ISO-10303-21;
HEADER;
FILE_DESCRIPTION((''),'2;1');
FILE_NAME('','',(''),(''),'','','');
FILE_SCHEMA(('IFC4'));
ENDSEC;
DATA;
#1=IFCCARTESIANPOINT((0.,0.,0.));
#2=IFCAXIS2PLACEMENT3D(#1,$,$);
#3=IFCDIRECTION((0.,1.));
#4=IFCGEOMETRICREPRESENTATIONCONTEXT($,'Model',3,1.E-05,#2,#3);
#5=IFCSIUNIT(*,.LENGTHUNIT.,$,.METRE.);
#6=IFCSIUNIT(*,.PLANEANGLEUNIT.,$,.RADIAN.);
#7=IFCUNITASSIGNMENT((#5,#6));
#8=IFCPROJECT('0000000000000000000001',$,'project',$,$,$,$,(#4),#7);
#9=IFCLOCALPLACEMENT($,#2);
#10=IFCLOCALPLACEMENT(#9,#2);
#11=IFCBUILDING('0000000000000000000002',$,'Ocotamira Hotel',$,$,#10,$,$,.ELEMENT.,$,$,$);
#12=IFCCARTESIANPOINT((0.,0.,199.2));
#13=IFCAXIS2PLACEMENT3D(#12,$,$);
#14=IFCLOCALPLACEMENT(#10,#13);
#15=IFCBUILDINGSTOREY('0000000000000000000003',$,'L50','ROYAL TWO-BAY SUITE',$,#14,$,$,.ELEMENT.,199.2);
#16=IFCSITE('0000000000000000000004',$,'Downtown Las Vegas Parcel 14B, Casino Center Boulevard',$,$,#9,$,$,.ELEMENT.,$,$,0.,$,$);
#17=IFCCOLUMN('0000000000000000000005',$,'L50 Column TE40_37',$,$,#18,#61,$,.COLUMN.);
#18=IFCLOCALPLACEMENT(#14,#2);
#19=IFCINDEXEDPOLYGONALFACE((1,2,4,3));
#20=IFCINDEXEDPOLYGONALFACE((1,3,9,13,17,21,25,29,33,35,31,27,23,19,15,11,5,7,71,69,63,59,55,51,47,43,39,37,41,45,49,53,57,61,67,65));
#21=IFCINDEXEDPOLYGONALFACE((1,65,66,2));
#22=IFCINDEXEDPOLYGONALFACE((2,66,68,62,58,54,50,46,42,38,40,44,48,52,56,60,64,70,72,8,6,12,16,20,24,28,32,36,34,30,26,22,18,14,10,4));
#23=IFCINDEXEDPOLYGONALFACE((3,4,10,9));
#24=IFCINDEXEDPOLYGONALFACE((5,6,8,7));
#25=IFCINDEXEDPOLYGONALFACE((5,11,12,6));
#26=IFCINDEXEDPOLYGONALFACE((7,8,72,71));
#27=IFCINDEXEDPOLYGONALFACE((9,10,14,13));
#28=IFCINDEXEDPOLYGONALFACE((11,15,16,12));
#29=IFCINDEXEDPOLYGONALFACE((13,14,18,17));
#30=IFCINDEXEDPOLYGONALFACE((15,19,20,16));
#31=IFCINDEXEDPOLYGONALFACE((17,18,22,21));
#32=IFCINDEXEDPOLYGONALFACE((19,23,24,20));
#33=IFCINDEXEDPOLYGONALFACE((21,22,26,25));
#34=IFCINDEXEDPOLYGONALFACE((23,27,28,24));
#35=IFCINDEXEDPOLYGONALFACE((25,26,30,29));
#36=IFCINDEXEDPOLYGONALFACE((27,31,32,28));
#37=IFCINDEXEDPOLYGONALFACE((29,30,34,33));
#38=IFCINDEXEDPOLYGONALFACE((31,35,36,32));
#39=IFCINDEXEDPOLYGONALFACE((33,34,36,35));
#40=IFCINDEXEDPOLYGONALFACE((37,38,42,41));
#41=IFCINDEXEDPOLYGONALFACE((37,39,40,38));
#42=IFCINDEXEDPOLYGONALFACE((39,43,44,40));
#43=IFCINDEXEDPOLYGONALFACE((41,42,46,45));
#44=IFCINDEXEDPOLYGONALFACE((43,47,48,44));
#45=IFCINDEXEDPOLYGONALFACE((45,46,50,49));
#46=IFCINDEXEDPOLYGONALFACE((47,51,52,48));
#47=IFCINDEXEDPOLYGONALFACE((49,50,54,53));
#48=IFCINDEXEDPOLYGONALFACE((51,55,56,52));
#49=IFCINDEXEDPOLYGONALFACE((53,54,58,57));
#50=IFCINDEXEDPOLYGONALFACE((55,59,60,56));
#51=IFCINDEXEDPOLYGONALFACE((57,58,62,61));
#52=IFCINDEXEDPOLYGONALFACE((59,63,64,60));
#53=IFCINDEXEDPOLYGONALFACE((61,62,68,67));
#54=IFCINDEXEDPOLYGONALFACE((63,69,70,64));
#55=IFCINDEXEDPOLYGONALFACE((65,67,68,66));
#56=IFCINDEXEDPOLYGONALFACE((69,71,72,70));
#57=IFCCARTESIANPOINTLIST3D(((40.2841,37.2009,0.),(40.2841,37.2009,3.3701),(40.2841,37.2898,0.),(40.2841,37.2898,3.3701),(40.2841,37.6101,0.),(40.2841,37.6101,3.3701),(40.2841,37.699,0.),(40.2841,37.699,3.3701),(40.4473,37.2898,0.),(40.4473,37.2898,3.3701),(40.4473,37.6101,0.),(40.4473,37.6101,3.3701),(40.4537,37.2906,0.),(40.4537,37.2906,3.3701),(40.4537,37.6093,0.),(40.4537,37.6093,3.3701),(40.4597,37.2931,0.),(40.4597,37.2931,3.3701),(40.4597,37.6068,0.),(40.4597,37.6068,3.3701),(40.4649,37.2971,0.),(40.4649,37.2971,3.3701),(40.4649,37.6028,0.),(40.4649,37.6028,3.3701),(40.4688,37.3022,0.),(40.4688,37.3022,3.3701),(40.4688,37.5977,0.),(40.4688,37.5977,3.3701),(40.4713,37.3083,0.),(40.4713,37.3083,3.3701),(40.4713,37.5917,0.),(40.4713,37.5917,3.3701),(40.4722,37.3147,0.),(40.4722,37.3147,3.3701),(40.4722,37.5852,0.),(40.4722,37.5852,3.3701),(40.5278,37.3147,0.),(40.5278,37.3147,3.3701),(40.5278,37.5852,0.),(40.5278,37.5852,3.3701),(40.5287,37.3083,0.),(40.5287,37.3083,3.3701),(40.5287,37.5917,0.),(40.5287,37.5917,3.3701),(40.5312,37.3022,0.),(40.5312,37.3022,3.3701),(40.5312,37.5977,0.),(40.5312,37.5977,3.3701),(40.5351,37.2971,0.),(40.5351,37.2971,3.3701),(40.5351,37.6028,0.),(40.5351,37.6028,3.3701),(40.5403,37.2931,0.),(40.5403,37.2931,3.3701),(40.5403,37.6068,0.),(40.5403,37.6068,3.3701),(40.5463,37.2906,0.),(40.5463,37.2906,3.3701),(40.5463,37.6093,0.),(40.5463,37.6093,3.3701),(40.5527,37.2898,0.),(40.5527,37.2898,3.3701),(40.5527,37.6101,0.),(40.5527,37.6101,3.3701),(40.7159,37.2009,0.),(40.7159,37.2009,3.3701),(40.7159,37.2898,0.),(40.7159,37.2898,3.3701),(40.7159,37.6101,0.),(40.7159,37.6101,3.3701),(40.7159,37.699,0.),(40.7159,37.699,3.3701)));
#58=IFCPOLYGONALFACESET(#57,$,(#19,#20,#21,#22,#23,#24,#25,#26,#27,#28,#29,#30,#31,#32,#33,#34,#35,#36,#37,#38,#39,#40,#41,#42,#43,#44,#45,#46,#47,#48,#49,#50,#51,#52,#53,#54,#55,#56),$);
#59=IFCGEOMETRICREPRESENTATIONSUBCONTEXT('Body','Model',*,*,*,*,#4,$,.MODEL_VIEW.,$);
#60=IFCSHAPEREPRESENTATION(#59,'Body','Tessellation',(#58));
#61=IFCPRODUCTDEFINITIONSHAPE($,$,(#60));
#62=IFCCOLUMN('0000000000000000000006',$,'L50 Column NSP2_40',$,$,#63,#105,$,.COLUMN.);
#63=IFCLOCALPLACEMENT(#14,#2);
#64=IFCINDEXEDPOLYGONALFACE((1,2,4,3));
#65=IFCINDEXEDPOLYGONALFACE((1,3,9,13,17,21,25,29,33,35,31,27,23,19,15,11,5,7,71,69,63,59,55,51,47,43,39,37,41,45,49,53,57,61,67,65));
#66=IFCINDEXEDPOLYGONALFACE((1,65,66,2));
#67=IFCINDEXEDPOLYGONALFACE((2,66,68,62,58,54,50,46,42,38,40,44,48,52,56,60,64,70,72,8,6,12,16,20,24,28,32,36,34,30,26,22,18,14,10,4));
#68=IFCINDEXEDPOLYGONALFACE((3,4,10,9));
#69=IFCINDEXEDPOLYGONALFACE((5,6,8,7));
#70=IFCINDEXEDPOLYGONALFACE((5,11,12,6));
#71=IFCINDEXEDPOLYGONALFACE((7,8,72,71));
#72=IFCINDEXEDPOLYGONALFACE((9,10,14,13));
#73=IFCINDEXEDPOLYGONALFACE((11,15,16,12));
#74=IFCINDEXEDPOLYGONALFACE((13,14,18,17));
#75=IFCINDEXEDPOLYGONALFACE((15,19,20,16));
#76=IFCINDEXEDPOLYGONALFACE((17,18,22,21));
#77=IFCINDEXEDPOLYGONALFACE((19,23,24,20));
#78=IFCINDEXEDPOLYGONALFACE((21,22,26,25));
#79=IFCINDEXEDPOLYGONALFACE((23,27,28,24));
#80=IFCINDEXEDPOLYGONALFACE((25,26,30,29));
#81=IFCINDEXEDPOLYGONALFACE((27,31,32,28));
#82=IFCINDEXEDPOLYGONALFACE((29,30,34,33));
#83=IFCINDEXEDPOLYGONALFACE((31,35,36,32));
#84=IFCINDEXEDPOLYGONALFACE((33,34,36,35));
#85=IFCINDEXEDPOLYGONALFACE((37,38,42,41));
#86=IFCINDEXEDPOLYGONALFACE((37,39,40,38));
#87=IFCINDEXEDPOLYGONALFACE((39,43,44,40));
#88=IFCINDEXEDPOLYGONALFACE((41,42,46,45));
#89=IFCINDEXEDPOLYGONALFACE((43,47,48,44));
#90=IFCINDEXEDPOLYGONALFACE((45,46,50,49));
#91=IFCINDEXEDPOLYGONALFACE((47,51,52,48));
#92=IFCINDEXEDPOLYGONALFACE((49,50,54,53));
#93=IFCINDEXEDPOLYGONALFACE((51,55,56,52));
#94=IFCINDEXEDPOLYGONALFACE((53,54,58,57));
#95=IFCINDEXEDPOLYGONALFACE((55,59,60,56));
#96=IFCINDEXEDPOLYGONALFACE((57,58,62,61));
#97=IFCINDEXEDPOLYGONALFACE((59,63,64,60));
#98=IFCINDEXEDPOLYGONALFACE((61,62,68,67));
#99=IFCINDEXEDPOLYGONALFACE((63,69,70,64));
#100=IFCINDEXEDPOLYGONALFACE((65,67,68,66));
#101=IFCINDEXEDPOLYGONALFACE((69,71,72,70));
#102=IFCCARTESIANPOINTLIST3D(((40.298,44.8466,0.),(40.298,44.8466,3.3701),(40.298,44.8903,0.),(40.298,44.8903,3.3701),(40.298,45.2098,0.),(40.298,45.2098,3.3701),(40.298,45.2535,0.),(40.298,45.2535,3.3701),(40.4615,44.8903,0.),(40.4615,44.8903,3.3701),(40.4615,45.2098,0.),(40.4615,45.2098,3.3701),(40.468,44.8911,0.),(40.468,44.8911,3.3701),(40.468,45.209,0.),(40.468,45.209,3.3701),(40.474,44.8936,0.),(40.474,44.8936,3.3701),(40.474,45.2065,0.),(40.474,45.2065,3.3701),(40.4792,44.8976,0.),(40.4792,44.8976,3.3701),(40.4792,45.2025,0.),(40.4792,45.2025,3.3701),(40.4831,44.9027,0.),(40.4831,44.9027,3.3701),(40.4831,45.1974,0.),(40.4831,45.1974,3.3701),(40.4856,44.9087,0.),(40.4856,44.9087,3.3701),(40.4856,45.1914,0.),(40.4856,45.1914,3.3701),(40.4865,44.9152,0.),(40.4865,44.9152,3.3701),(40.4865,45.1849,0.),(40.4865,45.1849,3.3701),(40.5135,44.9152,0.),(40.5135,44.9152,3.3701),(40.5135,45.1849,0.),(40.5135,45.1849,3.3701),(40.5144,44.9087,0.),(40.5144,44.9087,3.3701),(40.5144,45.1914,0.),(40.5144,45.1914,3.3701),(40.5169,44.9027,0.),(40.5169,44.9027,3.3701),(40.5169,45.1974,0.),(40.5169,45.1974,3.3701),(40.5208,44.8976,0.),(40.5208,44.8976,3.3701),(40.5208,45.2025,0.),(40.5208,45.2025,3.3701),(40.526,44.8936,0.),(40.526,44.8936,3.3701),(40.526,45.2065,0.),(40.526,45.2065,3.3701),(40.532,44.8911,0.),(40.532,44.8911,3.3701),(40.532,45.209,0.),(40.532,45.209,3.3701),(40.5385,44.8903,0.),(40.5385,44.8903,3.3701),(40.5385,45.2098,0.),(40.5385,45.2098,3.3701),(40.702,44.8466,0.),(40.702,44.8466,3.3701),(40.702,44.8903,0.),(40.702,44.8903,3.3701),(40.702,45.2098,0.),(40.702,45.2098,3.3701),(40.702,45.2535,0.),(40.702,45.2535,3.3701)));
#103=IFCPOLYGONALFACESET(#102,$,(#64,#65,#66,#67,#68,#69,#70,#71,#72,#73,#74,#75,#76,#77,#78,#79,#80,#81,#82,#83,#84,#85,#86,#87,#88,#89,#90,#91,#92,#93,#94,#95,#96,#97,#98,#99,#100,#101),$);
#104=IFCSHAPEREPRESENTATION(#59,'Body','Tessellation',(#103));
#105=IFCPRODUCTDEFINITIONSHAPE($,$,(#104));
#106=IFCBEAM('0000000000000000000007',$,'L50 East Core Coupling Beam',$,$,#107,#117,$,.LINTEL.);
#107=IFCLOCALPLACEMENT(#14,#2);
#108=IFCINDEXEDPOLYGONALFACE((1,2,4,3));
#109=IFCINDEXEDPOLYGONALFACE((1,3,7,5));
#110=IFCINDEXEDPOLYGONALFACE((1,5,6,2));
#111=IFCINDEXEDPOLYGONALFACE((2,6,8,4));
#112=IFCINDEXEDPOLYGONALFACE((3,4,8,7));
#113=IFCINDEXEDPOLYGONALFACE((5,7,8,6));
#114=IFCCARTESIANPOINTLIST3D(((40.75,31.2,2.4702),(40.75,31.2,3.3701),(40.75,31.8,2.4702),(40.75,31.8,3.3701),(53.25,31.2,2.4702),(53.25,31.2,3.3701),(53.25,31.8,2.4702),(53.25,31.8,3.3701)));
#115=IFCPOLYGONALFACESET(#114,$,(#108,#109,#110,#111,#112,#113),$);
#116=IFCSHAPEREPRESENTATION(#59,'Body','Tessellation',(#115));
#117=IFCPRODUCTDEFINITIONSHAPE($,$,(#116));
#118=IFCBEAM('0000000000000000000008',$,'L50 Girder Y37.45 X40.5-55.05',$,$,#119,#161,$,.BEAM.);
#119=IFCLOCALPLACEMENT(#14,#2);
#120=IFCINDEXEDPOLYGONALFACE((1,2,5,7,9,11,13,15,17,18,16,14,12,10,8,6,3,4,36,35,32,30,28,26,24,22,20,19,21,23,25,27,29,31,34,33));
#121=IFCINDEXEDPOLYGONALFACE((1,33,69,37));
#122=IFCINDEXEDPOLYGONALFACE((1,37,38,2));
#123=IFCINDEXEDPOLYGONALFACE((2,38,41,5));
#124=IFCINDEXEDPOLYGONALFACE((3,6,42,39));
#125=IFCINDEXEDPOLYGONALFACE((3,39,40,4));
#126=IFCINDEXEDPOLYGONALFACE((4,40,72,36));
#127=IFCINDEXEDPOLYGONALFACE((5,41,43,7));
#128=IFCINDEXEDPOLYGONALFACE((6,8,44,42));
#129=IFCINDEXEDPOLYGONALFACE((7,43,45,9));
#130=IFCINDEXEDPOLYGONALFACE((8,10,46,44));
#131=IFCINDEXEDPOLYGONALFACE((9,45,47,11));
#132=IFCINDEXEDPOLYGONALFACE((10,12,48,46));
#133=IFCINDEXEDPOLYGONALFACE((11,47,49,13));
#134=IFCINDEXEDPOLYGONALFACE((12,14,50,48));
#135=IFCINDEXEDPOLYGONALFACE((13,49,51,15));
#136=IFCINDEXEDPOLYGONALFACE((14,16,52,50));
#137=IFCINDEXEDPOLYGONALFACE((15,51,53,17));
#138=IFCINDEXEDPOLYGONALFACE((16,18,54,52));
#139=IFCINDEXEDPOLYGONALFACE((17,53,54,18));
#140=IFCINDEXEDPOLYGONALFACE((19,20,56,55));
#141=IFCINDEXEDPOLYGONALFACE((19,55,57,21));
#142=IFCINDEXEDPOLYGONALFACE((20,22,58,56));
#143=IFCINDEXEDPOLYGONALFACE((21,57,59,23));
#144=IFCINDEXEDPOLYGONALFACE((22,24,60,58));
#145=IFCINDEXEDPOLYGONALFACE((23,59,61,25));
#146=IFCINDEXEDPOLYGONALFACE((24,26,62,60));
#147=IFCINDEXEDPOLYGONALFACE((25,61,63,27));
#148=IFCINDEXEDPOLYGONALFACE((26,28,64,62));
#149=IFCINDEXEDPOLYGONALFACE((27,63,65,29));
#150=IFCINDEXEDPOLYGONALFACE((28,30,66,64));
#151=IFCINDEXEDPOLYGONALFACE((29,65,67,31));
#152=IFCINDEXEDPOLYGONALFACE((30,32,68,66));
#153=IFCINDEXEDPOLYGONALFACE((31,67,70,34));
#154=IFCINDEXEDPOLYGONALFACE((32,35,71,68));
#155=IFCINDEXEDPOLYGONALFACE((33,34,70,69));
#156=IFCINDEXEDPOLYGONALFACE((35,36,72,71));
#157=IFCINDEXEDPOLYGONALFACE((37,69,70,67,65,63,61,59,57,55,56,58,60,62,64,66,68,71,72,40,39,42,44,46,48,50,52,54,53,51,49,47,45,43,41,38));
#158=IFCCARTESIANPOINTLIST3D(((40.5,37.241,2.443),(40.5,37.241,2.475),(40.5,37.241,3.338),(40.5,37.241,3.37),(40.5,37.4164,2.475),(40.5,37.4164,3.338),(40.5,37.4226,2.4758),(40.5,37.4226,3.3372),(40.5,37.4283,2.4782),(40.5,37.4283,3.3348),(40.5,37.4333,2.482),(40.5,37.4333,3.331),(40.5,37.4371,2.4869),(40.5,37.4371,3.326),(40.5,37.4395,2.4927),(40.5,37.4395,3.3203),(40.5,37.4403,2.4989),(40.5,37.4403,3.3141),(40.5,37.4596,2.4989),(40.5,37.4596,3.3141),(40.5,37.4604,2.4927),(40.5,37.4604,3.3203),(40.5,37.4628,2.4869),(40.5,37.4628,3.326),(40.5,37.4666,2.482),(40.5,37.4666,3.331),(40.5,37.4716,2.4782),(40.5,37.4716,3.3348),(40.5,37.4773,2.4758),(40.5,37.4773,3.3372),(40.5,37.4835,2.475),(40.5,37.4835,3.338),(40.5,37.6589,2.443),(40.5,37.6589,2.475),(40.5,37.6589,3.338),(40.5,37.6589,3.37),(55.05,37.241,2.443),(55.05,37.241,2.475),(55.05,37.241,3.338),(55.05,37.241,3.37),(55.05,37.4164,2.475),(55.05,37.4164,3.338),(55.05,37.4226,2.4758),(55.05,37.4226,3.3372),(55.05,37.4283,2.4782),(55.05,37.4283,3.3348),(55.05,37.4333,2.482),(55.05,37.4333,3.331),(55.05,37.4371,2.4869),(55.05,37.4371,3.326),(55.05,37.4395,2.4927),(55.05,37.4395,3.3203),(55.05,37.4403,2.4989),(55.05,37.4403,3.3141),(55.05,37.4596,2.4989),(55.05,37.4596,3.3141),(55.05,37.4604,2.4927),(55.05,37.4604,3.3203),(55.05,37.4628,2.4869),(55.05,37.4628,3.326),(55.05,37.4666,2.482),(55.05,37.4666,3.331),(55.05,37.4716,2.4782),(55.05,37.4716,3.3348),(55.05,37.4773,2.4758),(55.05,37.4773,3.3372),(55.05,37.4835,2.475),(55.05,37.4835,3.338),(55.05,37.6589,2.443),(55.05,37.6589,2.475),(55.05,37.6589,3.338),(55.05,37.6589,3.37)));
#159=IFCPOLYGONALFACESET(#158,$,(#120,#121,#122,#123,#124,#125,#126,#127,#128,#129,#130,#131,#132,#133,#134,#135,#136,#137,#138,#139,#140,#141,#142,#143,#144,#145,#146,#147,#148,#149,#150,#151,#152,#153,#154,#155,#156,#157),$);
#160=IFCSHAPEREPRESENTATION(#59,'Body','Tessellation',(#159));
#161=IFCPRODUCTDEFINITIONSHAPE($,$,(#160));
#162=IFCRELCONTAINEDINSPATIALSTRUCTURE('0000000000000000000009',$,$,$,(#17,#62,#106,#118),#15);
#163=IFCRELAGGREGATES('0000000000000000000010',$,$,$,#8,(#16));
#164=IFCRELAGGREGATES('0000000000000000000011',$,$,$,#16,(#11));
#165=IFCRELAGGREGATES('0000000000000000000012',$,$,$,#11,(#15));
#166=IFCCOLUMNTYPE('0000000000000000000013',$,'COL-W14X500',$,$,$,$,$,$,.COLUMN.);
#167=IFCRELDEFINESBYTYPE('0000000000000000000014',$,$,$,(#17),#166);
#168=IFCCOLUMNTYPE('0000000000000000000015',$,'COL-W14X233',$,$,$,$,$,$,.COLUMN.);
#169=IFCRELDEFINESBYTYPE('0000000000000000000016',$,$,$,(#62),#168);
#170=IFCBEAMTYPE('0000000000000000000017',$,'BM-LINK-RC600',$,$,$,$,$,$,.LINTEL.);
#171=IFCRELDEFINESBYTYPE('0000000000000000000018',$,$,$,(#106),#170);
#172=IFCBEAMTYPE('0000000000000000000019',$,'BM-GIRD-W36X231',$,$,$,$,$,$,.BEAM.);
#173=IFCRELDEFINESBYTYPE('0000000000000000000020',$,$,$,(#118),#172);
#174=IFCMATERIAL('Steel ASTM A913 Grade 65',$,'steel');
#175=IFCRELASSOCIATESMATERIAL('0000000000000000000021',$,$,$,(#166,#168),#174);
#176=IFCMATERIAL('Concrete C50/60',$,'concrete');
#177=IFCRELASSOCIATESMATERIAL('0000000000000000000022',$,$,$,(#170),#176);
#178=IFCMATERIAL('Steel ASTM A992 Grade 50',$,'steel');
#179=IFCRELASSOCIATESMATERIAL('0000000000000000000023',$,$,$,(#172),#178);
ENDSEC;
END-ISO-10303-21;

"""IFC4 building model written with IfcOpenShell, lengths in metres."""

from ifc_helpers import new_model, si_unit, direction, frame, origin, origin_2d, place, context, subcontext, project, spatial, rectangle, i_section, extrude, source, transform, mapped, material, material_profile, profile_set, type_object, element, save


model = new_model("IFC4")

# Units and contexts
model_context = context("Model", 3, precision=1e-05, world=origin(), true_north=direction((0.0, 1.0)))
body_context = subcontext(model_context, "Body", "Model", "MODEL_VIEW")
ifc_project = project(units=[si_unit("LENGTHUNIT", "METRE"), si_unit("PLANEANGLEUNIT", "RADIAN")], contexts=[model_context])

# Site, building, storey
site_placement = place(None, origin())
site = spatial("IfcSite", under=ifc_project, at=site_placement, Name="Downtown Las Vegas Parcel 14B, Casino Center Boulevard", CompositionType="ELEMENT", RefElevation=0.0)
building_placement = place(site_placement, origin())
building = spatial("IfcBuilding", under=site, at=building_placement, Name="Ocotamira Hotel", CompositionType="ELEMENT")
storey_placement = place(building_placement, frame((0.0, 0.0, 199.2)))
storey = spatial("IfcBuildingStorey", under=building, at=storey_placement, Name="L50", Description="ROYAL TWO-BAY SUITE", CompositionType="ELEMENT", Elevation=199.2)

# Columns
ifc_material_1 = material(Name="Steel ASTM A913 Grade 65", Category="steel")
ifc_material_profile_1 = material_profile(ifc_material_1, i_section(OverallWidth=0.4319, OverallDepth=0.498, WebThickness=0.0557, FlangeThickness=0.0889, FilletRadius=0.0249, at=origin_2d()), Name="W14X500")
ifc_profile_set_1 = profile_set([ifc_material_profile_1], Name="Steel ASTM A913 Grade 65")
column_type_1 = type_object("IfcColumnType", Name="COL-W14X500", PredefinedType="COLUMN", material=ifc_profile_set_1)
shared_shape_1 = source(origin(), body_context, "Body", "SweptSolid", [
    extrude(i_section(OverallWidth=0.4319, OverallDepth=0.498, WebThickness=0.0557, FlangeThickness=0.0889, FilletRadius=0.0249, at=origin_2d()), origin(), (0.0, 0.0, 1.0), 3.3701),
])
column_1_placement = place(storey_placement, frame((40.5, 37.45, 0.0), z_axis=(0.0, 0.0, 1.0), x_axis=(1.0, 0.0, 0.0)))
element("IfcColumn", 1, at=column_1_placement, inside=storey, type_object=column_type_1, Name="L50 Column TE40_37", PredefinedType="COLUMN", context=body_context, shape_type="MappedRepresentation", body=[
    mapped(shared_shape_1, transform((0.0, 0.0, 0.0), scale=1.0)),
])
ifc_material_profile_2 = material_profile(ifc_material_1, i_section(OverallWidth=0.4041, OverallDepth=0.407, WebThickness=0.0271, FlangeThickness=0.0437, FilletRadius=0.0249, at=origin_2d()), Name="W14X233")
ifc_profile_set_2 = profile_set([ifc_material_profile_2], Name="Steel ASTM A913 Grade 65")
column_type_2 = type_object("IfcColumnType", Name="COL-W14X233", PredefinedType="COLUMN", material=ifc_profile_set_2)
shared_shape_2 = source(origin(), body_context, "Body", "SweptSolid", [
    extrude(i_section(OverallWidth=0.4041, OverallDepth=0.407, WebThickness=0.0271, FlangeThickness=0.0437, FilletRadius=0.0249, at=origin_2d()), origin(), (0.0, 0.0, 1.0), 3.3701),
])
column_2_placement = place(storey_placement, frame((40.5, 45.05, 0.0), z_axis=(0.0, 0.0, 1.0), x_axis=(1.0, 0.0, 0.0)))
element("IfcColumn", 2, at=column_2_placement, inside=storey, type_object=column_type_2, Name="L50 Column NSP2_40", PredefinedType="COLUMN", context=body_context, shape_type="MappedRepresentation", body=[
    mapped(shared_shape_2, transform((0.0, 0.0, 0.0), scale=1.0)),
])

# Beams
ifc_material_2 = material(Name="Concrete C50/60", Category="concrete")
ifc_material_profile_3 = material_profile(ifc_material_2, rectangle(XDim=0.6001, YDim=0.8999, at=origin_2d()), Name="RC600X900")
ifc_profile_set_3 = profile_set([ifc_material_profile_3], Name="Concrete C50/60")
beam_type_1 = type_object("IfcBeamType", Name="BM-LINK-RC600", PredefinedType="LINTEL", material=ifc_profile_set_3)
shared_shape_3 = source(origin(), body_context, "Body", "SweptSolid", [
    extrude(rectangle(XDim=0.6001, YDim=0.8999, at=origin_2d()), origin(), (0.0, 0.0, 1.0), 12.5),
])
beam_1_placement = place(storey_placement, frame((40.75, 31.5, 2.9202), z_axis=(1.0, 0.0, 0.0), x_axis=(0.0, 1.0, 0.0)))
element("IfcBeam", 3, at=beam_1_placement, inside=storey, type_object=beam_type_1, Name="L50 East Core Coupling Beam", PredefinedType="LINTEL", context=body_context, shape_type="MappedRepresentation", body=[
    mapped(shared_shape_3, transform((0.0, 0.0, 0.0), scale=1.0)),
])
ifc_material_3 = material(Name="Steel ASTM A992 Grade 50", Category="steel")
ifc_material_profile_4 = material_profile(ifc_material_3, i_section(OverallWidth=0.418, OverallDepth=0.927, WebThickness=0.0193, FlangeThickness=0.032, FilletRadius=0.0239, at=origin_2d()), Name="W36X231")
ifc_profile_set_4 = profile_set([ifc_material_profile_4], Name="Steel ASTM A992 Grade 50")
beam_type_2 = type_object("IfcBeamType", Name="BM-GIRD-W36X231", PredefinedType="BEAM", material=ifc_profile_set_4)
shared_shape_4 = source(origin(), body_context, "Body", "SweptSolid", [
    extrude(i_section(OverallWidth=0.418, OverallDepth=0.927, WebThickness=0.0193, FlangeThickness=0.032, FilletRadius=0.0239, at=origin_2d()), origin(), (0.0, 0.0, 1.0), 14.55),
])
beam_2_placement = place(storey_placement, frame((40.5, 37.45, 2.9065), z_axis=(1.0, 0.0, 0.0), x_axis=(0.0, 1.0, 0.0)))
element("IfcBeam", 4, at=beam_2_placement, inside=storey, type_object=beam_type_2, Name="L50 Girder Y37.45 X40.5-55.05", PredefinedType="BEAM", context=body_context, shape_type="MappedRepresentation", body=[
    mapped(shared_shape_4, transform((0.0, 0.0, 0.0), scale=1.0)),
])

save(model, "model.ifc")
